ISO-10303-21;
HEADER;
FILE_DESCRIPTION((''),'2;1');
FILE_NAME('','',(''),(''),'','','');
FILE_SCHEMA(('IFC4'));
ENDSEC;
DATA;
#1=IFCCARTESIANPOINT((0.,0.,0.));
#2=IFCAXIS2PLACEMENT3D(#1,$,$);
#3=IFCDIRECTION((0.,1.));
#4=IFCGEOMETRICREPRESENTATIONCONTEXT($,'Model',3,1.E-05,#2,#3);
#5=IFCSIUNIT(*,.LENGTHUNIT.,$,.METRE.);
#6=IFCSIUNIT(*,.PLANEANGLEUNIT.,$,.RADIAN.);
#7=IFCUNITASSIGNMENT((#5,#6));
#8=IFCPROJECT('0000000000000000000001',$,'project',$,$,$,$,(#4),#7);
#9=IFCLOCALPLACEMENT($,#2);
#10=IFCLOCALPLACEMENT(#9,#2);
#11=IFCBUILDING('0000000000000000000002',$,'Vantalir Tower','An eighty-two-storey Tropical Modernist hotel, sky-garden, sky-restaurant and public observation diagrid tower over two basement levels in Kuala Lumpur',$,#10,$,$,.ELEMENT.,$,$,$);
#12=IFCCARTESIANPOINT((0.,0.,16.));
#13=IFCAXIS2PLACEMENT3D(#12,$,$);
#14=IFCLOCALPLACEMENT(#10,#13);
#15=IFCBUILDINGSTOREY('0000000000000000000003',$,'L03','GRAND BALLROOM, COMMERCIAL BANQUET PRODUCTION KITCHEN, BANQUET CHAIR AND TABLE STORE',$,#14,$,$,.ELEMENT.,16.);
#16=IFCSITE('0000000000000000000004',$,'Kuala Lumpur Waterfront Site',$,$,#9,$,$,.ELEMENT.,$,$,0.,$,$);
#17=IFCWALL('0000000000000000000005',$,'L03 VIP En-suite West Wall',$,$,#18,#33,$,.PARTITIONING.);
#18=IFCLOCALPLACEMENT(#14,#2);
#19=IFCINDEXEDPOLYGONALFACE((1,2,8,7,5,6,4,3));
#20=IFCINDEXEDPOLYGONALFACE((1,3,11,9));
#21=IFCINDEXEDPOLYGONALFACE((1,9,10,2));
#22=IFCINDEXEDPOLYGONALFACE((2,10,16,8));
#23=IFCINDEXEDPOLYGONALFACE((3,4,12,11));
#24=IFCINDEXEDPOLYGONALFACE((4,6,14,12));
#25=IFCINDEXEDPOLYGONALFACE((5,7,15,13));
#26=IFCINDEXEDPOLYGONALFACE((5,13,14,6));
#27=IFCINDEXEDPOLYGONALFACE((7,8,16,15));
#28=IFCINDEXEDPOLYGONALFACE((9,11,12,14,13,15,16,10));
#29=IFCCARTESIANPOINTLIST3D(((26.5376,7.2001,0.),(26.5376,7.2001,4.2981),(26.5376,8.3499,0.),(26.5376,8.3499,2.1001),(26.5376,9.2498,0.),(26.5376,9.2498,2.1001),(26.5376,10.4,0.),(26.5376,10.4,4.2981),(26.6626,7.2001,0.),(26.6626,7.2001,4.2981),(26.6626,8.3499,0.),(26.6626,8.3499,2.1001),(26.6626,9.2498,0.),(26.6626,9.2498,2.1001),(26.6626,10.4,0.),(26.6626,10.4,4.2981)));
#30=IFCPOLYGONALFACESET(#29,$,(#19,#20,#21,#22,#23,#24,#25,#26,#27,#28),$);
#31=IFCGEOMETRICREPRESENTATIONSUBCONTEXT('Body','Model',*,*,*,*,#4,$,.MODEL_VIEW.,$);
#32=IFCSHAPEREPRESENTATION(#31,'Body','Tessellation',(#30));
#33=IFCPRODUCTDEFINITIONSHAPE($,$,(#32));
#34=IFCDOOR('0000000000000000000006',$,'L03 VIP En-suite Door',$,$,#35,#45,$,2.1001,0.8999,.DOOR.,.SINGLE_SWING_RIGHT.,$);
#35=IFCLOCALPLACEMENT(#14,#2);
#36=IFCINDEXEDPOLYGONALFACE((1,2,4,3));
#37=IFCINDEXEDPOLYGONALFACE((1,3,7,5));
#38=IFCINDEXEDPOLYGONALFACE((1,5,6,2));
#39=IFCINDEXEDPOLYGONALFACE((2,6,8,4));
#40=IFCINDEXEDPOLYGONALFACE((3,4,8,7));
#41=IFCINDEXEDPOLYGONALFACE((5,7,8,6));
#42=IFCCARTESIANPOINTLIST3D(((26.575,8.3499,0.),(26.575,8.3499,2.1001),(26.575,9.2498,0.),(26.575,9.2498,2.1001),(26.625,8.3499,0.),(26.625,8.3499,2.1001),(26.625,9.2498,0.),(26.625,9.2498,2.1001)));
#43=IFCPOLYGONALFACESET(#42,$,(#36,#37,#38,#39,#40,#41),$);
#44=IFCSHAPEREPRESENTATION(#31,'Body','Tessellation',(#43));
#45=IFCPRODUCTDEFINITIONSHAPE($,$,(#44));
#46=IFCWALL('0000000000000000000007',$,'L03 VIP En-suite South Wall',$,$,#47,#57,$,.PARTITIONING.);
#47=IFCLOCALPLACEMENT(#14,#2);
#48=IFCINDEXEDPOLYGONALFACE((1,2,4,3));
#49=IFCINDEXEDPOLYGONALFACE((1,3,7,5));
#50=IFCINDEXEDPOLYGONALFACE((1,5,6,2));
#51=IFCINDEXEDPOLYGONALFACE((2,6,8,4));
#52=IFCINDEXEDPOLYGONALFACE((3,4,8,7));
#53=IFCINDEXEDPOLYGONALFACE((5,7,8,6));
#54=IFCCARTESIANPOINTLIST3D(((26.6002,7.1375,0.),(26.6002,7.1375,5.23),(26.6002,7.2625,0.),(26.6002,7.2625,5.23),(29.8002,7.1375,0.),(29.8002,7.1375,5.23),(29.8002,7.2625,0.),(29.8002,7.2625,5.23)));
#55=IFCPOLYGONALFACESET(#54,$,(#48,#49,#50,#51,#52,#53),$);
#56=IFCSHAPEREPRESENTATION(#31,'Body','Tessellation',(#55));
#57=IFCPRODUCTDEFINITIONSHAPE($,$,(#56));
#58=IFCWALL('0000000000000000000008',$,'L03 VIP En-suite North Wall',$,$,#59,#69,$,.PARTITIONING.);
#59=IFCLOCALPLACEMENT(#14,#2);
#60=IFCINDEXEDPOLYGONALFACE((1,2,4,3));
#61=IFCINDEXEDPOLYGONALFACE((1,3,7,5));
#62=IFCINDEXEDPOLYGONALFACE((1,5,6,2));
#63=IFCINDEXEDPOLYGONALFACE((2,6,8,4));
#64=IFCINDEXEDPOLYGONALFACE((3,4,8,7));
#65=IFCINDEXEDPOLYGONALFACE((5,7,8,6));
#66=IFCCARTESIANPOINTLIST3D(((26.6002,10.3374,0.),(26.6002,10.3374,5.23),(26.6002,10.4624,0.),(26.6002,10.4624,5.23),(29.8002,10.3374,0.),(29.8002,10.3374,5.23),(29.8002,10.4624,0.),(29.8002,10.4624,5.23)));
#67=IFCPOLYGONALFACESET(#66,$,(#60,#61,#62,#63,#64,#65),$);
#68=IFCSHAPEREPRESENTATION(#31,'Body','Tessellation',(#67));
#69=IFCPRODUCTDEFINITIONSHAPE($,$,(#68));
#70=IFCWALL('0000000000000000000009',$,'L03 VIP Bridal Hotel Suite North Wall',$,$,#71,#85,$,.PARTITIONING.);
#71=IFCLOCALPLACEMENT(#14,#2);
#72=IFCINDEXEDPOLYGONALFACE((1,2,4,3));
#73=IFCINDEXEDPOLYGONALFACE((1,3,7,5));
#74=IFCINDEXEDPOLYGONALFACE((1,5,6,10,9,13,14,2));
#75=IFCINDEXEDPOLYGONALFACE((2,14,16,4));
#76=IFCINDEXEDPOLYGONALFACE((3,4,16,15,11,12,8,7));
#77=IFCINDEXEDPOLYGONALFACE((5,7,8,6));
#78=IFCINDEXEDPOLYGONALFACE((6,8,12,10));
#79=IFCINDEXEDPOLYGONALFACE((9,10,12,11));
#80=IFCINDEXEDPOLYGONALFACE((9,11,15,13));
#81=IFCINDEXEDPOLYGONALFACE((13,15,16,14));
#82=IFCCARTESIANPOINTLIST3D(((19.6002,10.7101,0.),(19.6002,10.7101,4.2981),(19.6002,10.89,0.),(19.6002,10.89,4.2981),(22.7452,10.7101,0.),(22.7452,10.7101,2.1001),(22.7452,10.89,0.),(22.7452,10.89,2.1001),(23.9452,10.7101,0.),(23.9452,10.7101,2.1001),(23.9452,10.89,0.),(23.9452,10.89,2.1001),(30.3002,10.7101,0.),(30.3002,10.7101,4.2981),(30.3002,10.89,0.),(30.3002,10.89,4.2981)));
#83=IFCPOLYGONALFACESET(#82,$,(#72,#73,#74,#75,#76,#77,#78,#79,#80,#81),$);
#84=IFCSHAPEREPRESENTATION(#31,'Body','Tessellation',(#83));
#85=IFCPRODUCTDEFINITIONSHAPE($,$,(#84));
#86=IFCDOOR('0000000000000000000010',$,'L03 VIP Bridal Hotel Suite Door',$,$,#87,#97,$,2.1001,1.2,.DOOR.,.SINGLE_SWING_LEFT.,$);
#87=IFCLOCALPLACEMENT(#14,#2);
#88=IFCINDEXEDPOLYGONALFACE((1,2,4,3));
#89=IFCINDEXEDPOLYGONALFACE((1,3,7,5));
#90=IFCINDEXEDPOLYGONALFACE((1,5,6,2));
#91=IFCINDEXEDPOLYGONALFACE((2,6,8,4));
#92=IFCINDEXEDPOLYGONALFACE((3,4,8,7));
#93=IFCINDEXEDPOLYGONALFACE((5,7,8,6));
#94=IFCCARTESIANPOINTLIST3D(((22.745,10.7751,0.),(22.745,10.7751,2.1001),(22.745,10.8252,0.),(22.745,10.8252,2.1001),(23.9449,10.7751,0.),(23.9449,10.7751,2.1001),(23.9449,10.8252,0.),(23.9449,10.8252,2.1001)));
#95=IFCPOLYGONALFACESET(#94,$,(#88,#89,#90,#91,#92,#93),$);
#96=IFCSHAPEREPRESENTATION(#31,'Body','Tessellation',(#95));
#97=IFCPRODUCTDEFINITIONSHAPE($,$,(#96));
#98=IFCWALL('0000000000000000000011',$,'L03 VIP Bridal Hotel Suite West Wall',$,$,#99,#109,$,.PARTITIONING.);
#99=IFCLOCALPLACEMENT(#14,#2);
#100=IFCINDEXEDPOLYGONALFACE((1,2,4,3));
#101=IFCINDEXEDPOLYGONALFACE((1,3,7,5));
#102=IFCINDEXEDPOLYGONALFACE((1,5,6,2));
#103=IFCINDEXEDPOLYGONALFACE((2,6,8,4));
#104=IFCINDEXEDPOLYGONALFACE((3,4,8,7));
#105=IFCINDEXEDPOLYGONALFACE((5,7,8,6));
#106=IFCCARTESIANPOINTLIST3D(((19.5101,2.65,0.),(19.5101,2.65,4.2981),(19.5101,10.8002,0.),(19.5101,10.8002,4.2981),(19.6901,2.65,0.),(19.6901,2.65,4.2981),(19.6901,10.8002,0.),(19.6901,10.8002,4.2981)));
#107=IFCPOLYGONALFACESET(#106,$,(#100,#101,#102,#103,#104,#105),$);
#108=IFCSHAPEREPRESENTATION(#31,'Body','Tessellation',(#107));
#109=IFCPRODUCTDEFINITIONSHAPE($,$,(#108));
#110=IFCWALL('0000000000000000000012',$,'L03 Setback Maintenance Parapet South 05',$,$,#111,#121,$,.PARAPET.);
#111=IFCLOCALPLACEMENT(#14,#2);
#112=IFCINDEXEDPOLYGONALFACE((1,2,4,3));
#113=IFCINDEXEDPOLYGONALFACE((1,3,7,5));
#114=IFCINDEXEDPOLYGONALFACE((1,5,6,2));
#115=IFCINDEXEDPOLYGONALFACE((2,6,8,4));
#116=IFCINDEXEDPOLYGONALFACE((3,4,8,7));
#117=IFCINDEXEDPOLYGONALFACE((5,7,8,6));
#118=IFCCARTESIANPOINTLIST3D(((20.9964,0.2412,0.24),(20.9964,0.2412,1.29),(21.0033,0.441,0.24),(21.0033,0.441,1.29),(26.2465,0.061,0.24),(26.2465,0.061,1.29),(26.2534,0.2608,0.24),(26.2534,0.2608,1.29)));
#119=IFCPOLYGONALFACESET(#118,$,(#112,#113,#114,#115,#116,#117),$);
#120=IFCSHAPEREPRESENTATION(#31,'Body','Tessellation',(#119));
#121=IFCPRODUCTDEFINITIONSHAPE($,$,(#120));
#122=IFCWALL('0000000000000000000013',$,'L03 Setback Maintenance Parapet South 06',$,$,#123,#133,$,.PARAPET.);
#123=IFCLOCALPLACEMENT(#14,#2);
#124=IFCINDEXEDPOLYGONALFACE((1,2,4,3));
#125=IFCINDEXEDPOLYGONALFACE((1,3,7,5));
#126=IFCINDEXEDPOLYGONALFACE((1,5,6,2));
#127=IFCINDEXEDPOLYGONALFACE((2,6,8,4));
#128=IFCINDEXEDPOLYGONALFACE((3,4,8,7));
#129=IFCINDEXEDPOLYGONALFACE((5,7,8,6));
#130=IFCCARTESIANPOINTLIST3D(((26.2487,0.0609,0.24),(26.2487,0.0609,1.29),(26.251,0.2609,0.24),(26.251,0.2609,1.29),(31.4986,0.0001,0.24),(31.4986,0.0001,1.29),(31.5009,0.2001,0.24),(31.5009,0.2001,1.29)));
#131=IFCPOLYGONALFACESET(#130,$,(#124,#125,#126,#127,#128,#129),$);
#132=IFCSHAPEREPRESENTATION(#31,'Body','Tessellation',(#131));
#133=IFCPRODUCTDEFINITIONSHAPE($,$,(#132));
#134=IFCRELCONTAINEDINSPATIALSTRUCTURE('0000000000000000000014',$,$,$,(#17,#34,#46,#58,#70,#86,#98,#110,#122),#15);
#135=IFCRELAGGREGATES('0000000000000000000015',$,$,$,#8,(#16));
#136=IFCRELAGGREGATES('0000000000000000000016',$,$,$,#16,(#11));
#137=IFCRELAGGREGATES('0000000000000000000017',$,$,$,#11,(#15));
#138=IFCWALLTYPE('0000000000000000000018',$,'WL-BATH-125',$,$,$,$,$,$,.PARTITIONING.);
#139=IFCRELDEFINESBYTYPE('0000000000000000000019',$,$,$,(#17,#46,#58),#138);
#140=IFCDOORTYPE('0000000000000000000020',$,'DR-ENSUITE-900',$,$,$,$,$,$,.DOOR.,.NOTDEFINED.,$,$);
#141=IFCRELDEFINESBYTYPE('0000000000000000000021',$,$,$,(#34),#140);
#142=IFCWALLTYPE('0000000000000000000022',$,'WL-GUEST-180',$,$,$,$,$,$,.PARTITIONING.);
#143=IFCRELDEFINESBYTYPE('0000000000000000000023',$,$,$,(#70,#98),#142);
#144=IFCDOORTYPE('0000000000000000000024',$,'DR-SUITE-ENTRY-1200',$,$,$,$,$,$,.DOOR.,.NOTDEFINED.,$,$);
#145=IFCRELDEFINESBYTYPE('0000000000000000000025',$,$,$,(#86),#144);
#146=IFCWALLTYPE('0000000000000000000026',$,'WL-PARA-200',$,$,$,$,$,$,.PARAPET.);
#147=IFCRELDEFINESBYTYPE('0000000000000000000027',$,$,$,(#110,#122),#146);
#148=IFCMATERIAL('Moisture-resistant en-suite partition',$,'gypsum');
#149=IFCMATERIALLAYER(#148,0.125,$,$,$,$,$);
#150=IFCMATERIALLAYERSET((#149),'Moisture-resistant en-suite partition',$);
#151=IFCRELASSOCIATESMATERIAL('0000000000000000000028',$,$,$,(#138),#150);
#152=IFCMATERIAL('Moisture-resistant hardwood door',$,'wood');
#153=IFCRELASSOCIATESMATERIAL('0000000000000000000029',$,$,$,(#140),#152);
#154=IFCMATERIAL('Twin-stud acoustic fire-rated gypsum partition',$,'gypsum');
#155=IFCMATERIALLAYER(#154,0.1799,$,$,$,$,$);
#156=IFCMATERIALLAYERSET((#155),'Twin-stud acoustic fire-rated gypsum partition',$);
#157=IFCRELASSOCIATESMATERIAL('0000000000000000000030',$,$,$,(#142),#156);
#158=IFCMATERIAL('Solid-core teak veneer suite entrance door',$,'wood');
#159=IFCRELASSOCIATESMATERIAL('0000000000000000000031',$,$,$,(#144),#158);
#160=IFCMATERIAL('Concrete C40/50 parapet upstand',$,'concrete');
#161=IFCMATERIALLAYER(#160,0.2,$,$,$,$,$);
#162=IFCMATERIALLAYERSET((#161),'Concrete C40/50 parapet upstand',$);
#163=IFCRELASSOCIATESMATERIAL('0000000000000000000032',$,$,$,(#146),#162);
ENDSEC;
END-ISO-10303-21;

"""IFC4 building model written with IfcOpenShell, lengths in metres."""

from ifc_helpers import new_model, si_unit, direction, frame, frame_2d, origin, place, context, subcontext, project, spatial, rectangle, extrude, material, layer, layer_set, type_object, element, fill, save


model = new_model("IFC4")

# Units and contexts
model_context = context("Model", 3, precision=1e-05, world=origin(), true_north=direction((0.0, 1.0)))
body_context = subcontext(model_context, "Body", "Model", "MODEL_VIEW")
ifc_project = project(units=[si_unit("LENGTHUNIT", "METRE"), si_unit("PLANEANGLEUNIT", "RADIAN")], contexts=[model_context])

# Site, building, storey
site_placement = place(None, origin())
site = spatial("IfcSite", under=ifc_project, at=site_placement, Name="Kuala Lumpur Waterfront Site", CompositionType="ELEMENT", RefElevation=0.0)
building_placement = place(site_placement, origin())
building = spatial("IfcBuilding", under=site, at=building_placement, Name="Vantalir Tower", Description="An eighty-two-storey Tropical Modernist hotel, sky-garden, sky-restaurant and public observation diagrid tower over two basement levels in Kuala Lumpur", CompositionType="ELEMENT")
storey_placement = place(building_placement, frame((0.0, 0.0, 16.0)))
storey = spatial("IfcBuildingStorey", under=building, at=storey_placement, Name="L03", Description="GRAND BALLROOM, COMMERCIAL BANQUET PRODUCTION KITCHEN, BANQUET CHAIR AND TABLE STORE", CompositionType="ELEMENT", Elevation=16.0)

# Wall, opening, door
ifc_material_1 = material(Name="Moisture-resistant en-suite partition", Category="gypsum")
ifc_layer_1 = layer(ifc_material_1, 0.125)
ifc_layer_set_1 = layer_set([ifc_layer_1], Name="Moisture-resistant en-suite partition")
wall_type_1 = type_object("IfcWallType", Name="WL-BATH-125", PredefinedType="PARTITIONING", material=ifc_layer_set_1)
wall_1_placement = place(storey_placement, frame((26.6001, 7.2, 0.0), z_axis=(0.0, 0.0, 1.0), x_axis=(0.0, 1.0, 0.0)))
wall_1 = element("IfcWall", 1, at=wall_1_placement, inside=storey, type_object=wall_type_1, Name="L03 VIP En-suite West Wall", PredefinedType="PARTITIONING", context=body_context, shape_type="SweptSolid", body=[
    extrude(rectangle(XDim=3.2, YDim=0.125, at=frame_2d((1.6001, 0.0))), origin(), (0.0, 0.0, 1.0), 4.2981),
])
opening_1_placement = place(wall_1_placement, frame((1.1499, 0.0, 0.0)))
opening_1 = element("IfcOpeningElement", 2, at=opening_1_placement, cuts=wall_1, PredefinedType="OPENING", context=body_context, shape_type="SweptSolid", body=[
    extrude(rectangle(XDim=0.8999, YDim=2.1001, at=frame_2d((0.45, 1.05))), frame((0.0, 0.0725, 0.0), z_axis=(0.0, -1.0, 0.0), x_axis=(1.0, 0.0, 0.0)), (0.0, 0.0, 1.0), 0.145),
])
ifc_material_2 = material(Name="Moisture-resistant hardwood door", Category="wood")
door_type_1 = type_object("IfcDoorType", Name="DR-ENSUITE-900", OperationType="NOTDEFINED", PredefinedType="DOOR", material=ifc_material_2)
door_1_placement = place(opening_1_placement, frame((0.8999, 0.0, 0.0), z_axis=(0.0, 0.0, 1.0), x_axis=(-1.0, 0.0, 0.0)))
door_1 = element("IfcDoor", 3, at=door_1_placement, inside=storey, type_object=door_type_1, Name="L03 VIP En-suite Door", OperationType="SINGLE_SWING_RIGHT", OverallHeight=2.1001, OverallWidth=0.8999, PredefinedType="DOOR", context=body_context, shape_type="SweptSolid", body=[
    extrude(rectangle(XDim=0.8999, YDim=2.1001, at=frame_2d((0.45, 1.05))), frame((0.0, 0.0249, 0.0), z_axis=(0.0, -1.0, 0.0), x_axis=(1.0, 0.0, 0.0)), (0.0, 0.0, 1.0), 0.05),
])
fill(opening_1, door_1)

# Walls
for number, where, z_axis, x_axis, name in (
    (4, (26.6001, 7.2, 0.0), (0.0, 0.0, 1.0), (1.0, 0.0, 0.0), "L03 VIP En-suite South Wall"),
    (5, (26.6001, 10.3999, 0.0), (0.0, 0.0, 1.0), (1.0, 0.0, 0.0), "L03 VIP En-suite North Wall"),
):
    element("IfcWall", number, at=place(storey_placement, frame(where, z_axis=z_axis, x_axis=x_axis)), inside=storey, type_object=wall_type_1, Name=name, PredefinedType="PARTITIONING", context=body_context, shape_type="SweptSolid", body=[
        extrude(rectangle(XDim=3.2, YDim=0.125, at=frame_2d((1.6001, 0.0))), origin(), (0.0, 0.0, 1.0), 5.23),
    ])

# Wall, opening, door
ifc_material_3 = material(Name="Twin-stud acoustic fire-rated gypsum partition", Category="gypsum")
ifc_layer_2 = layer(ifc_material_3, 0.1799)
ifc_layer_set_2 = layer_set([ifc_layer_2], Name="Twin-stud acoustic fire-rated gypsum partition")
wall_type_2 = type_object("IfcWallType", Name="WL-GUEST-180", PredefinedType="PARTITIONING", material=ifc_layer_set_2)
wall_2_placement = place(storey_placement, frame((19.6001, 10.8, 0.0), z_axis=(0.0, 0.0, 1.0), x_axis=(1.0, 0.0, 0.0)))
wall_2 = element("IfcWall", 6, at=wall_2_placement, inside=storey, type_object=wall_type_2, Name="L03 VIP Bridal Hotel Suite North Wall", PredefinedType="PARTITIONING", context=body_context, shape_type="SweptSolid", body=[
    extrude(rectangle(XDim=10.7, YDim=0.1799, at=frame_2d((5.3501, 0.0))), origin(), (0.0, 0.0, 1.0), 4.2981),
])
opening_2_placement = place(wall_2_placement, frame((3.145, 0.0, 0.0)))
opening_2 = element("IfcOpeningElement", 7, at=opening_2_placement, cuts=wall_2, PredefinedType="OPENING", context=body_context, shape_type="SweptSolid", body=[
    extrude(rectangle(XDim=1.2, YDim=2.1001, at=frame_2d((0.6001, 1.05))), frame((0.0, 0.0999, 0.0), z_axis=(0.0, -1.0, 0.0), x_axis=(1.0, 0.0, 0.0)), (0.0, 0.0, 1.0), 0.2),
])
ifc_material_4 = material(Name="Solid-core teak veneer suite entrance door", Category="wood")
door_type_2 = type_object("IfcDoorType", Name="DR-SUITE-ENTRY-1200", OperationType="NOTDEFINED", PredefinedType="DOOR", material=ifc_material_4)
door_2_placement = place(opening_2_placement, frame((1.2, 0.0, 0.0), z_axis=(0.0, 0.0, 1.0), x_axis=(-1.0, 0.0, 0.0)))
door_2 = element("IfcDoor", 8, at=door_2_placement, inside=storey, type_object=door_type_2, Name="L03 VIP Bridal Hotel Suite Door", OperationType="SINGLE_SWING_LEFT", OverallHeight=2.1001, OverallWidth=1.2, PredefinedType="DOOR", context=body_context, shape_type="SweptSolid", body=[
    extrude(rectangle(XDim=1.2, YDim=2.1001, at=frame_2d((0.6001, 1.05))), frame((0.0, 0.0249, 0.0), z_axis=(0.0, -1.0, 0.0), x_axis=(1.0, 0.0, 0.0)), (0.0, 0.0, 1.0), 0.05),
])
fill(opening_2, door_2)

# Walls
wall_3_placement = place(storey_placement, frame((19.6001, 2.6499, 0.0), z_axis=(0.0, 0.0, 1.0), x_axis=(0.0, 1.0, 0.0)))
element("IfcWall", 9, at=wall_3_placement, inside=storey, type_object=wall_type_2, Name="L03 VIP Bridal Hotel Suite West Wall", PredefinedType="PARTITIONING", context=body_context, shape_type="SweptSolid", body=[
    extrude(rectangle(XDim=8.1501, YDim=0.1799, at=frame_2d((4.0752, 0.0))), origin(), (0.0, 0.0, 1.0), 4.2981),
])
ifc_material_5 = material(Name="Concrete C40/50 parapet upstand", Category="concrete")
ifc_layer_3 = layer(ifc_material_5, 0.2)
ifc_layer_set_3 = layer_set([ifc_layer_3], Name="Concrete C40/50 parapet upstand")
wall_type_3 = type_object("IfcWallType", Name="WL-PARA-200", PredefinedType="PARAPET", material=ifc_layer_set_3)
wall_4_placement = place(storey_placement, frame((21.0, 0.3411, 0.24), z_axis=(0.0, 0.0, 1.0), x_axis=(0.999412, -0.034299, 0.0)))
element("IfcWall", 10, at=wall_4_placement, inside=storey, type_object=wall_type_3, Name="L03 Setback Maintenance Parapet South 05", PredefinedType="PARAPET", context=body_context, shape_type="SweptSolid", body=[
    extrude(rectangle(XDim=5.2532, YDim=0.2, at=frame_2d((2.6265, 0.0))), origin(), (0.0, 0.0, 1.0), 1.05),
])
wall_5_placement = place(storey_placement, frame((26.25, 0.1609, 0.24), z_axis=(0.0, 0.0, 1.0), x_axis=(0.999933, -0.011578, 0.0)))
element("IfcWall", 11, at=wall_5_placement, inside=storey, type_object=wall_type_3, Name="L03 Setback Maintenance Parapet South 06", PredefinedType="PARAPET", context=body_context, shape_type="SweptSolid", body=[
    extrude(rectangle(XDim=5.2502, YDim=0.2, at=frame_2d((2.625, 0.0))), origin(), (0.0, 0.0, 1.0), 1.05),
])

save(model, "model.ifc")
